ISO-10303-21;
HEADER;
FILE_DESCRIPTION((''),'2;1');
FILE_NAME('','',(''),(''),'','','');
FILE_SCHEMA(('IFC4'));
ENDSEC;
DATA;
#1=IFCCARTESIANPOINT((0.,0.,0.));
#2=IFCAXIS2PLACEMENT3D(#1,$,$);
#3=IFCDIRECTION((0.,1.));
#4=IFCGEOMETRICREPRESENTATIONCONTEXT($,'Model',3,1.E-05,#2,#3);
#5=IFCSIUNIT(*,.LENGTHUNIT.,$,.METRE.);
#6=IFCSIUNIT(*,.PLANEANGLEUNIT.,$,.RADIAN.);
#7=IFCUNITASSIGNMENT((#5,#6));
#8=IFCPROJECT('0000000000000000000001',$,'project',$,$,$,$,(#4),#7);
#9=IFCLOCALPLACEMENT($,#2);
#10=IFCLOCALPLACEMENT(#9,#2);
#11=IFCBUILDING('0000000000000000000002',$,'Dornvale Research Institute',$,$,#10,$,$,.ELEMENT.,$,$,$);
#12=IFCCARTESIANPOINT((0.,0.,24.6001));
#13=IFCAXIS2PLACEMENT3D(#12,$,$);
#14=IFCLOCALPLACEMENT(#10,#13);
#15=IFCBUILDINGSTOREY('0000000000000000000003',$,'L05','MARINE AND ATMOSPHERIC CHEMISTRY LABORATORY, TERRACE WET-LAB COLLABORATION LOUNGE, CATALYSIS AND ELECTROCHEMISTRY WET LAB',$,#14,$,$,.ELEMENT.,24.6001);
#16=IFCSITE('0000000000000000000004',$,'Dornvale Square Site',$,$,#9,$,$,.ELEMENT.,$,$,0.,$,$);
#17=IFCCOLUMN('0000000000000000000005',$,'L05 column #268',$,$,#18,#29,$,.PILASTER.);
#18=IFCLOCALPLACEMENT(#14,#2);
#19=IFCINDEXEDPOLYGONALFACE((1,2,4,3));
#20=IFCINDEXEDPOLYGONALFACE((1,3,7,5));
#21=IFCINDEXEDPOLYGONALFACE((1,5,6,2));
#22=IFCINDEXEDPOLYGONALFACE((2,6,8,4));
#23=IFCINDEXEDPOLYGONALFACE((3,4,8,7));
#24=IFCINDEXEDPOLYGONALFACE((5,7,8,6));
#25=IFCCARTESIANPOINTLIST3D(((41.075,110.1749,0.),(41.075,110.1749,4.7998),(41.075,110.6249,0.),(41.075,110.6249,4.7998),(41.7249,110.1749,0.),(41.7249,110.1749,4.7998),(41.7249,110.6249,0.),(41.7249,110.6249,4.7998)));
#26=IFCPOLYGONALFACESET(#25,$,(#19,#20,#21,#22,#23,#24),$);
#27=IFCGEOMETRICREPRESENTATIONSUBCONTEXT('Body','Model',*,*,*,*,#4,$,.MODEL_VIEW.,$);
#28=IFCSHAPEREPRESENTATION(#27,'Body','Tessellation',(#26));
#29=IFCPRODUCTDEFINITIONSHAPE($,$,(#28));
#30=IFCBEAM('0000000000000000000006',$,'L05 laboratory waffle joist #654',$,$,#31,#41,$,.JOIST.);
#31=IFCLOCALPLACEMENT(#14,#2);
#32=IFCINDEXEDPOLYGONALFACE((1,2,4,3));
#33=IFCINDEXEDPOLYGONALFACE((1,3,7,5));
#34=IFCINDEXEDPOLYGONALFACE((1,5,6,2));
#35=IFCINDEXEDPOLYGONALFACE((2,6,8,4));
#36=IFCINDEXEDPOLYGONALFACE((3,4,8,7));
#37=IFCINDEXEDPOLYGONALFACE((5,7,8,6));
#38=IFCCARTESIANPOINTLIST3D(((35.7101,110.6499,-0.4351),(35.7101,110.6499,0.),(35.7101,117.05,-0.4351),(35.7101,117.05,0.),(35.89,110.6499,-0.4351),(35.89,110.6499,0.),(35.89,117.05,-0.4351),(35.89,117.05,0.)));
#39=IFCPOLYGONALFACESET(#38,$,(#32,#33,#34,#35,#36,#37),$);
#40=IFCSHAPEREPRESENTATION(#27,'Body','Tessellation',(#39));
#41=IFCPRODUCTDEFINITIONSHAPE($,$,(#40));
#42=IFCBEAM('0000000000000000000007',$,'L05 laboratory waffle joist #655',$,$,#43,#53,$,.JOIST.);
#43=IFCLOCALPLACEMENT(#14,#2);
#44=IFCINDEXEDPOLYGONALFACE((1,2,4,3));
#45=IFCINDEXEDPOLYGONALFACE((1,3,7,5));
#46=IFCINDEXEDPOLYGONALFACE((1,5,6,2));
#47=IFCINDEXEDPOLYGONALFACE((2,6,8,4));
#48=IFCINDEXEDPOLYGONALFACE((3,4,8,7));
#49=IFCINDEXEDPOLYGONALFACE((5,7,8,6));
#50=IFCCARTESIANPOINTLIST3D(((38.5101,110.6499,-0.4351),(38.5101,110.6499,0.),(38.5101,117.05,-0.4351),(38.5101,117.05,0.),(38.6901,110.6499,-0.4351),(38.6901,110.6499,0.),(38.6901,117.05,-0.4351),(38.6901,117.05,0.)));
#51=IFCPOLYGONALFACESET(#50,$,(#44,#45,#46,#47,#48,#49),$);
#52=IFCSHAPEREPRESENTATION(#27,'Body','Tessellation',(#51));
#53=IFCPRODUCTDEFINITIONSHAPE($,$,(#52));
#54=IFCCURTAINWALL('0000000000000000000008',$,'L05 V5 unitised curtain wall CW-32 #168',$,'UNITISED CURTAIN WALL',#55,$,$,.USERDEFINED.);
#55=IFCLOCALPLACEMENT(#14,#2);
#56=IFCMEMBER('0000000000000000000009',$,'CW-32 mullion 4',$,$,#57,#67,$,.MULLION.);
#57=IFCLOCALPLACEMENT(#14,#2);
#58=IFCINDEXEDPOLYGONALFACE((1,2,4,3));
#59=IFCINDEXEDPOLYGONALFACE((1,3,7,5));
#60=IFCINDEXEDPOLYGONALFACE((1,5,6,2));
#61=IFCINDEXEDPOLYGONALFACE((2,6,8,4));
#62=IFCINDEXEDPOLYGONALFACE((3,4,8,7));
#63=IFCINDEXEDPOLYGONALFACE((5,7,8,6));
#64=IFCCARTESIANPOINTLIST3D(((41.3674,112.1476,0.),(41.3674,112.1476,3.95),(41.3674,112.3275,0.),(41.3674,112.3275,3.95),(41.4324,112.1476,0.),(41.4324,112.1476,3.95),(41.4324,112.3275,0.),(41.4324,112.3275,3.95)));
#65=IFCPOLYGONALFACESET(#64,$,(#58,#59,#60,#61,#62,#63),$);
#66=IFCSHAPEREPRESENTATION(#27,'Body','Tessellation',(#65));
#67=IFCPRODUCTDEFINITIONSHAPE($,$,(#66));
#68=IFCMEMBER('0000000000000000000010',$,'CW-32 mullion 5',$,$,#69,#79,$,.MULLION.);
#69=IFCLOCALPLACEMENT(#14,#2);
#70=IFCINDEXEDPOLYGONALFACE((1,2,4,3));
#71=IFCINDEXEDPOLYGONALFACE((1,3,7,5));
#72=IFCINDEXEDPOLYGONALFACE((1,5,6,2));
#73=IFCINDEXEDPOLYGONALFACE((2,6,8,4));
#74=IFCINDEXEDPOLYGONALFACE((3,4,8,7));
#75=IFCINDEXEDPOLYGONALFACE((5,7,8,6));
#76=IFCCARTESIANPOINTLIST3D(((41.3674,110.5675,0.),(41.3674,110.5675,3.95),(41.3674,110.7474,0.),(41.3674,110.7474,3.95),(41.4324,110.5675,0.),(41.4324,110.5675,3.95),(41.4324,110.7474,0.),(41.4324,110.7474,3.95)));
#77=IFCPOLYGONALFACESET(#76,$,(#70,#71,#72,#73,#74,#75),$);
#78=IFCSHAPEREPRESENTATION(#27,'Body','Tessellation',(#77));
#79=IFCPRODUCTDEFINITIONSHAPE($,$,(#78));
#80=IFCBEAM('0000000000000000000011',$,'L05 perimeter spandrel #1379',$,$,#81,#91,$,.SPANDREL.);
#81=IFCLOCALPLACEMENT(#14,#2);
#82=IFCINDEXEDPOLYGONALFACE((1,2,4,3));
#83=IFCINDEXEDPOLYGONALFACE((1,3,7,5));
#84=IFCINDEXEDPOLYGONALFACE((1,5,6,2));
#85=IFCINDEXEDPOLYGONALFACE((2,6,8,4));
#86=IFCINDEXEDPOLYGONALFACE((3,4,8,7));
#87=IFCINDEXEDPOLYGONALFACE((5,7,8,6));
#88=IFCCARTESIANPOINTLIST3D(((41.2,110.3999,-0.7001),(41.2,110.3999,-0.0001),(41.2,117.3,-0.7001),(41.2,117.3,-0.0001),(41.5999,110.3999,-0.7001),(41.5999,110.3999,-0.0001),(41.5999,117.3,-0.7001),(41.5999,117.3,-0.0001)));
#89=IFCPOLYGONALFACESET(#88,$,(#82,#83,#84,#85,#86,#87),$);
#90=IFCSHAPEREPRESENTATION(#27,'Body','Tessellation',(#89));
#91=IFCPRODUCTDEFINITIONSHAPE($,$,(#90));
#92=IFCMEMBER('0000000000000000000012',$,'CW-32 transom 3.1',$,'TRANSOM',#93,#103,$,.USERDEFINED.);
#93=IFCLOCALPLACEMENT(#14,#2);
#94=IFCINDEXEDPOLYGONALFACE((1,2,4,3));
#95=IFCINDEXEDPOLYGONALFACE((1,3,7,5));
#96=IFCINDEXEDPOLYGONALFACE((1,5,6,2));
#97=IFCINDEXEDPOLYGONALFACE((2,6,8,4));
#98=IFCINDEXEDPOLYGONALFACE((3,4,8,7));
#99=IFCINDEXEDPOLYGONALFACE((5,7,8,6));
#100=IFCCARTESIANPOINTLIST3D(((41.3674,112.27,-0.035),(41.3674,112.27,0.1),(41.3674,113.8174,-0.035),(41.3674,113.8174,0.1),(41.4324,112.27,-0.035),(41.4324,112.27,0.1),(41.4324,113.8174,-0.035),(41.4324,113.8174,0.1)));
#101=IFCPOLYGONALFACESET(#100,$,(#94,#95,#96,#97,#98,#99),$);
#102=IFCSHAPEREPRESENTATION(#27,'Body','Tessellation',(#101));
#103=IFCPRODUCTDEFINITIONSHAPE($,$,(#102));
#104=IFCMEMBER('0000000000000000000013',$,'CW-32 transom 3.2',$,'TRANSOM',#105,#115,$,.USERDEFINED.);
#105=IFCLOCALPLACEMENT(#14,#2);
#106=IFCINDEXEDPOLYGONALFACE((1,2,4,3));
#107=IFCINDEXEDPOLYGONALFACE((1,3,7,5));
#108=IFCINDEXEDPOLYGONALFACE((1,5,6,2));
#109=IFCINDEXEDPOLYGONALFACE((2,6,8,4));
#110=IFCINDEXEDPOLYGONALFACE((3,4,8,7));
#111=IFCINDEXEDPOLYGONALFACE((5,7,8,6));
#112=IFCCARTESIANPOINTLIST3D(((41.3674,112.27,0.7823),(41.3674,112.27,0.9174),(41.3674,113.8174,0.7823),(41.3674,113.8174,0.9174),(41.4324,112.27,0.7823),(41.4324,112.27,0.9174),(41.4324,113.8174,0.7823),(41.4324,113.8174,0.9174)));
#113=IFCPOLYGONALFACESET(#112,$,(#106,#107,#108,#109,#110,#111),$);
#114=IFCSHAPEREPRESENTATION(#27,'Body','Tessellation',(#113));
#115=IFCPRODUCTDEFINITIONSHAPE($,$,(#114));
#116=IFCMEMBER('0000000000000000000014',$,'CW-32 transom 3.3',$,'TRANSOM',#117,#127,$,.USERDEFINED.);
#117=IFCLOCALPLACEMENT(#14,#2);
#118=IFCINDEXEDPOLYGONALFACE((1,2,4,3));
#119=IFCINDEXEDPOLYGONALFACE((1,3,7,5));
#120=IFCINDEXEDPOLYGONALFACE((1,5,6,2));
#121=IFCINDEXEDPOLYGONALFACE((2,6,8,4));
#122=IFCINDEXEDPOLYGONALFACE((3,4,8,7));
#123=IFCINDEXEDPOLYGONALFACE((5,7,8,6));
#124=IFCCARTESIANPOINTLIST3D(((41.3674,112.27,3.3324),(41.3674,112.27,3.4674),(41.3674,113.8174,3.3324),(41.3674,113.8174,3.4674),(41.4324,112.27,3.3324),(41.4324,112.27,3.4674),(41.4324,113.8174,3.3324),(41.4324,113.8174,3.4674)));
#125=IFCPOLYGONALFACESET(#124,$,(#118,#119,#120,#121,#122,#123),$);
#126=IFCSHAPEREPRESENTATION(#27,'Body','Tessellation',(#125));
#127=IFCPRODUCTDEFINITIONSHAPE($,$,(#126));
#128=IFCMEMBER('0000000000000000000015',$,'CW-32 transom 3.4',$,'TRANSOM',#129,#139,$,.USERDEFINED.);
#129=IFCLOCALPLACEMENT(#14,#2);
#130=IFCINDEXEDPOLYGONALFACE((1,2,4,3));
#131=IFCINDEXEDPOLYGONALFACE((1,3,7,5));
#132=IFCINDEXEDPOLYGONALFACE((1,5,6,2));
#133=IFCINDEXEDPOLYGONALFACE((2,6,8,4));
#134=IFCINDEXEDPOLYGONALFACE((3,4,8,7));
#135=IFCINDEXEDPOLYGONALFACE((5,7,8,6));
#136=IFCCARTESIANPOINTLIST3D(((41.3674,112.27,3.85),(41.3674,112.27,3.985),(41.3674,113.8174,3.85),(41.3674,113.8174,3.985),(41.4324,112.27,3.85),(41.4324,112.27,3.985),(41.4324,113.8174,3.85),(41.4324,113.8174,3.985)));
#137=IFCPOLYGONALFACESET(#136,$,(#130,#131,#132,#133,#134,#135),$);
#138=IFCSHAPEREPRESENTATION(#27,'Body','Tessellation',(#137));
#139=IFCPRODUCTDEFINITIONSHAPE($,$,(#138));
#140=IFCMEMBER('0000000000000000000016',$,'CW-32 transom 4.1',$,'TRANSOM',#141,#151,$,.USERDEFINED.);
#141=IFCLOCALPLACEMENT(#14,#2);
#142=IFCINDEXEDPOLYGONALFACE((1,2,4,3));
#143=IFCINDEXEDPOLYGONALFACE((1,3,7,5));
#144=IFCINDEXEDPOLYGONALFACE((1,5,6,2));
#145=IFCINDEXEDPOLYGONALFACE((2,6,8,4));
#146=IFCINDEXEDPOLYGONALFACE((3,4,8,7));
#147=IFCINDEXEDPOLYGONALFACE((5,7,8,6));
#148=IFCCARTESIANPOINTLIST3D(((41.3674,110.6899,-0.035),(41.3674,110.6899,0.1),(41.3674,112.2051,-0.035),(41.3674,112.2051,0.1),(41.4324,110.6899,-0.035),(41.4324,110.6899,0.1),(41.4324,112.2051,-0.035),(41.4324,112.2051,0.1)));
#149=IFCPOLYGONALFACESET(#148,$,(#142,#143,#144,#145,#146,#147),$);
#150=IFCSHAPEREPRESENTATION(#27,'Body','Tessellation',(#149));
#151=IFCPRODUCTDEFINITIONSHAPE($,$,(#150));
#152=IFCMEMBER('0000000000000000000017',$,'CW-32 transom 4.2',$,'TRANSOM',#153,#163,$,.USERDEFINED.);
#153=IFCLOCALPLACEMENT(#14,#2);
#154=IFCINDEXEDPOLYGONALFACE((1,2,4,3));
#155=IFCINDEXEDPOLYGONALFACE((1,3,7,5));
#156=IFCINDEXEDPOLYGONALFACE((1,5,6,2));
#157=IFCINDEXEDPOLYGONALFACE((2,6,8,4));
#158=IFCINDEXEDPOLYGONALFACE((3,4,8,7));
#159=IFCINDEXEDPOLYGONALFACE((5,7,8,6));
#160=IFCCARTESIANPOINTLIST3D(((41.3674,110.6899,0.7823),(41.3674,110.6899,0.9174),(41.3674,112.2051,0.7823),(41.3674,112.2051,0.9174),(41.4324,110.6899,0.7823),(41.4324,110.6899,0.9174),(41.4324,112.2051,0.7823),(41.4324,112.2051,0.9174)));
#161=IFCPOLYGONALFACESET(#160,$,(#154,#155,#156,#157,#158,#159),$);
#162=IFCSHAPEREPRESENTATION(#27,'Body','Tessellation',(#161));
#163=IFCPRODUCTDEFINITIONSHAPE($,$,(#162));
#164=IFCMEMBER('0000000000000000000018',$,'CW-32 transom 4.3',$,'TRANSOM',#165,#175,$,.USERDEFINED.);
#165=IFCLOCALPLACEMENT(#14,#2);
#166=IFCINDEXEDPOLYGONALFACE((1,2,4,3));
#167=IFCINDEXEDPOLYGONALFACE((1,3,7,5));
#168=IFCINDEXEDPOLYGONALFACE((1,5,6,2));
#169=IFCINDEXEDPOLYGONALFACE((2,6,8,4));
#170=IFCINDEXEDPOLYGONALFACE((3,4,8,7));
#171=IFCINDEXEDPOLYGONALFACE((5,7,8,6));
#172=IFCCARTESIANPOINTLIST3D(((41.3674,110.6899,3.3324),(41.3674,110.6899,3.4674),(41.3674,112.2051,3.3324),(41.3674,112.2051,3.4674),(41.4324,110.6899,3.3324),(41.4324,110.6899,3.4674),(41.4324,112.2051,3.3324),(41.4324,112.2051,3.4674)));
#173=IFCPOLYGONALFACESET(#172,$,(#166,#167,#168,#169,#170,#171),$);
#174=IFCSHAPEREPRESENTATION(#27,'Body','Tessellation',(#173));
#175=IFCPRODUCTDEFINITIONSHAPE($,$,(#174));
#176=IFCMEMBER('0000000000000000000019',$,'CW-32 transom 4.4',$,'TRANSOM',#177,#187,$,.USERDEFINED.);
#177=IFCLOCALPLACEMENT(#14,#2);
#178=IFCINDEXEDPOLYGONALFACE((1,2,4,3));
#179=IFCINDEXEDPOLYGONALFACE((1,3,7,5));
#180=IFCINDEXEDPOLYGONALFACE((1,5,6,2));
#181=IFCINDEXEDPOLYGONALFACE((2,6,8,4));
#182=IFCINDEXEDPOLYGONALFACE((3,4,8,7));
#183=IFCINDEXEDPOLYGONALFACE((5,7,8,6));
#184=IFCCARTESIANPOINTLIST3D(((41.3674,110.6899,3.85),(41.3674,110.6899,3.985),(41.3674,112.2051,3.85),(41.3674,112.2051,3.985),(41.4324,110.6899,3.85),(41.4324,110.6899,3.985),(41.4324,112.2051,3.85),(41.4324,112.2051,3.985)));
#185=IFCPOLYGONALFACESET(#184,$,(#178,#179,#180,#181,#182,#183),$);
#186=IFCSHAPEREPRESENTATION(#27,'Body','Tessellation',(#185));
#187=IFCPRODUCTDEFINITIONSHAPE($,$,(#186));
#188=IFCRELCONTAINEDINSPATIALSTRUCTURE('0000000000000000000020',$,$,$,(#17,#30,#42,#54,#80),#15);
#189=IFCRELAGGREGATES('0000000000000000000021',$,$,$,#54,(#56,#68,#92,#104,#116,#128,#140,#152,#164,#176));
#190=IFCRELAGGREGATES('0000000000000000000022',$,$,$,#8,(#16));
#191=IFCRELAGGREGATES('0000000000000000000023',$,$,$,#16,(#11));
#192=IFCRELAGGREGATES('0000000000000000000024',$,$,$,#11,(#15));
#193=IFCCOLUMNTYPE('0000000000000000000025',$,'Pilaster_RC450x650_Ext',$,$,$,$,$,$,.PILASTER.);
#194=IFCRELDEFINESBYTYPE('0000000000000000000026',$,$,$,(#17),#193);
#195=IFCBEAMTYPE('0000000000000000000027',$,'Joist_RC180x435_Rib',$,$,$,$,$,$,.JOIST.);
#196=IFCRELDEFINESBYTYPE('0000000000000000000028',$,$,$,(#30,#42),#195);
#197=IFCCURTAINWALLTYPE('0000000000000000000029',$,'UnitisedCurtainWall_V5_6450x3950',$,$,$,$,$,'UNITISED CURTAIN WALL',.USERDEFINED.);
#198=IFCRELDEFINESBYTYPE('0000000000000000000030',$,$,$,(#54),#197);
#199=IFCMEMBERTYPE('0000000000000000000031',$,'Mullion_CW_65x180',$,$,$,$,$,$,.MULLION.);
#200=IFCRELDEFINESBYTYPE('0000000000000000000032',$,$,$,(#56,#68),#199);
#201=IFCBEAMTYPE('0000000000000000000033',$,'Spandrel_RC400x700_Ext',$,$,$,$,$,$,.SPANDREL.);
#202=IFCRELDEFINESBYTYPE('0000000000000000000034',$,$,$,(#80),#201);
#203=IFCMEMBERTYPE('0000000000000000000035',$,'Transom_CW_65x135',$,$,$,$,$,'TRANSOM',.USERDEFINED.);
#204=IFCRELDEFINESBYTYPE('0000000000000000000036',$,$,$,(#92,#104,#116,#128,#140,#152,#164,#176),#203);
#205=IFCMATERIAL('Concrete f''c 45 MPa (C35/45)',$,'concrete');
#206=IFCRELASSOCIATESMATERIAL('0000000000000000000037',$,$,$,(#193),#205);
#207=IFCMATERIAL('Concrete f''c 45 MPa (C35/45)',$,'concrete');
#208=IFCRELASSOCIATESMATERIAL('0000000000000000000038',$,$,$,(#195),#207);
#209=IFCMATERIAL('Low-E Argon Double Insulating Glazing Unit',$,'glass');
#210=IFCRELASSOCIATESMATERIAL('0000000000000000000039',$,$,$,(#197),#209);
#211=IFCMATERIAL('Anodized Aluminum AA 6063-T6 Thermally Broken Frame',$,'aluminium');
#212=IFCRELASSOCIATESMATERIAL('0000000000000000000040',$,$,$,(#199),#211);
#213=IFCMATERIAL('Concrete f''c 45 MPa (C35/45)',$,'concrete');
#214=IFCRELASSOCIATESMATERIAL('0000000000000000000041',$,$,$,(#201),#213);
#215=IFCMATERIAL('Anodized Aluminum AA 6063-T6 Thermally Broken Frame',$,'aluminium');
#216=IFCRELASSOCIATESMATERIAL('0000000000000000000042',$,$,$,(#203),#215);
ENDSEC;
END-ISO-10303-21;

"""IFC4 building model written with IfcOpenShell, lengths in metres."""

from ifc_helpers import new_model, si_unit, direction, frame, origin, origin_2d, place, context, subcontext, project, spatial, rectangle, extrude, material, material_profile, profile_set, type_object, element, aggregate, save


model = new_model("IFC4")

# Units and contexts
model_context = context("Model", 3, precision=1e-05, world=origin(), true_north=direction((0.0, 1.0)))
body_context = subcontext(model_context, "Body", "Model", "MODEL_VIEW")
ifc_project = project(units=[si_unit("LENGTHUNIT", "METRE"), si_unit("PLANEANGLEUNIT", "RADIAN")], contexts=[model_context])

# Site, building, storey
site_placement = place(None, origin())
site = spatial("IfcSite", under=ifc_project, at=site_placement, Name="Dornvale Square Site", CompositionType="ELEMENT", RefElevation=0.0)
building_placement = place(site_placement, origin())
building = spatial("IfcBuilding", under=site, at=building_placement, Name="Dornvale Research Institute", CompositionType="ELEMENT")
storey_placement = place(building_placement, frame((0.0, 0.0, 24.6001)))
storey = spatial("IfcBuildingStorey", under=building, at=storey_placement, Name="L05", Description="MARINE AND ATMOSPHERIC CHEMISTRY LABORATORY, TERRACE WET-LAB COLLABORATION LOUNGE, CATALYSIS AND ELECTROCHEMISTRY WET LAB", CompositionType="ELEMENT", Elevation=24.6001)

# Column
ifc_material_1 = material(Name="Concrete f'c 45 MPa (C35/45)", Category="concrete")
ifc_material_profile_1 = material_profile(ifc_material_1, rectangle(XDim=0.45, YDim=0.6499, at=origin_2d()), Name="RC 450x650")
ifc_profile_set_1 = profile_set([ifc_material_profile_1], Name="Concrete f'c 45 MPa (C35/45)")
column_type = type_object("IfcColumnType", Name="Pilaster_RC450x650_Ext", PredefinedType="PILASTER", material=ifc_profile_set_1)
column_placement = place(storey_placement, frame((41.3999, 110.3999, 0.0), z_axis=(0.0, 0.0, 1.0), x_axis=(0.0, 1.0, 0.0)))
element("IfcColumn", 1, at=column_placement, inside=storey, type_object=column_type, Name="L05 column #268", PredefinedType="PILASTER", context=body_context, shape_type="SweptSolid", body=[
    extrude(rectangle(XDim=0.45, YDim=0.6499, at=origin_2d()), origin(), (0.0, 0.0, 1.0), 4.7998),
])

# Beams
ifc_material_2 = material(Name="Concrete f'c 45 MPa (C35/45)", Category="concrete")
ifc_material_profile_2 = material_profile(ifc_material_2, rectangle(XDim=0.1799, YDim=0.4351, at=origin_2d()), Name="RC 180x435")
ifc_profile_set_2 = profile_set([ifc_material_profile_2], Name="Concrete f'c 45 MPa (C35/45)")
beam_type_1 = type_object("IfcBeamType", Name="Joist_RC180x435_Rib", PredefinedType="JOIST", material=ifc_profile_set_2)
for number, where, z_axis, x_axis, name in (
    (2, (35.8, 110.6499, -0.2175), (0.0, 1.0, 0.0), (-1.0, 0.0, 0.0), "L05 laboratory waffle joist #654"),
    (3, (38.6001, 110.6499, -0.2175), (0.0, 1.0, 0.0), (-1.0, 0.0, 0.0), "L05 laboratory waffle joist #655"),
):
    element("IfcBeam", number, at=place(storey_placement, frame(where, z_axis=z_axis, x_axis=x_axis)), inside=storey, type_object=beam_type_1, Name=name, PredefinedType="JOIST", context=body_context, shape_type="SweptSolid", body=[
        extrude(rectangle(XDim=0.1799, YDim=0.4351, at=origin_2d()), origin(), (0.0, 0.0, 1.0), 6.4001),
    ])

# Curtain wall, members
ifc_material_3 = material(Name="Low-E Argon Double Insulating Glazing Unit", Category="glass")
curtain_wall_type = type_object("IfcCurtainWallType", Name="UnitisedCurtainWall_V5_6450x3950", ElementType="UNITISED CURTAIN WALL", PredefinedType="USERDEFINED", material=ifc_material_3)
curtain_wall_placement = place(storey_placement, origin())
curtain_wall = element("IfcCurtainWall", 4, at=curtain_wall_placement, inside=storey, type_object=curtain_wall_type, Name="L05 V5 unitised curtain wall CW-32 #168", ObjectType="UNITISED CURTAIN WALL", PredefinedType="USERDEFINED")
ifc_material_4 = material(Name="Anodized Aluminum AA 6063-T6 Thermally Broken Frame", Category="aluminium")
ifc_material_profile_3 = material_profile(ifc_material_4, rectangle(XDim=0.0649, YDim=0.1799, at=origin_2d()), Name="ALU MULLION 65x180")
ifc_profile_set_3 = profile_set([ifc_material_profile_3], Name="Anodized Aluminum AA 6063-T6 Thermally Broken Frame")
member_type_1 = type_object("IfcMemberType", Name="Mullion_CW_65x180", PredefinedType="MULLION", material=ifc_profile_set_3)
member_1_placement = place(storey_placement, frame((41.3999, 112.2375, 0.0), z_axis=(0.0, 0.0, 1.0), x_axis=(1.0, 0.0, 0.0)))
member_1 = element("IfcMember", 5, at=member_1_placement, type_object=member_type_1, Name="CW-32 mullion 4", PredefinedType="MULLION", context=body_context, shape_type="SweptSolid", body=[
    extrude(rectangle(XDim=0.0649, YDim=0.1799, at=origin_2d()), origin(), (0.0, 0.0, 1.0), 3.95),
])
member_2_placement = place(storey_placement, frame((41.3999, 110.6575, 0.0), z_axis=(0.0, 0.0, 1.0), x_axis=(1.0, 0.0, 0.0)))
member_2 = element("IfcMember", 6, at=member_2_placement, type_object=member_type_1, Name="CW-32 mullion 5", PredefinedType="MULLION", context=body_context, shape_type="SweptSolid", body=[
    extrude(rectangle(XDim=0.0649, YDim=0.1799, at=origin_2d()), origin(), (0.0, 0.0, 1.0), 3.95),
])

# Beam
ifc_material_5 = material(Name="Concrete f'c 45 MPa (C35/45)", Category="concrete")
ifc_material_profile_4 = material_profile(ifc_material_5, rectangle(XDim=0.3999, YDim=0.7, at=origin_2d()), Name="RC 400x700")
ifc_profile_set_4 = profile_set([ifc_material_profile_4], Name="Concrete f'c 45 MPa (C35/45)")
beam_type_2 = type_object("IfcBeamType", Name="Spandrel_RC400x700_Ext", PredefinedType="SPANDREL", material=ifc_profile_set_4)
beam_placement = place(storey_placement, frame((41.3999, 110.3999, -0.3501), z_axis=(0.0, 1.0, 0.0), x_axis=(-1.0, 0.0, 0.0)))
element("IfcBeam", 7, at=beam_placement, inside=storey, type_object=beam_type_2, Name="L05 perimeter spandrel #1379", PredefinedType="SPANDREL", context=body_context, shape_type="SweptSolid", body=[
    extrude(rectangle(XDim=0.3999, YDim=0.7, at=origin_2d()), origin(), (0.0, 0.0, 1.0), 6.9001),
])

# Members
ifc_material_6 = material(Name="Anodized Aluminum AA 6063-T6 Thermally Broken Frame", Category="aluminium")
ifc_material_profile_5 = material_profile(ifc_material_6, rectangle(XDim=0.0649, YDim=0.135, at=origin_2d()), Name="ALU TRANSOM 65x135")
ifc_profile_set_5 = profile_set([ifc_material_profile_5], Name="Anodized Aluminum AA 6063-T6 Thermally Broken Frame")
member_type_2 = type_object("IfcMemberType", Name="Transom_CW_65x135", ElementType="TRANSOM", PredefinedType="USERDEFINED", material=ifc_profile_set_5)
member_3_placement = place(storey_placement, frame((41.3999, 113.8174, 0.0325), z_axis=(0.0, -1.0, 0.0), x_axis=(1.0, 0.0, 0.0)))
member_3 = element("IfcMember", 8, at=member_3_placement, type_object=member_type_2, Name="CW-32 transom 3.1", ObjectType="TRANSOM", PredefinedType="USERDEFINED", context=body_context, shape_type="SweptSolid", body=[
    extrude(rectangle(XDim=0.0649, YDim=0.135, at=origin_2d()), origin(), (0.0, 0.0, 1.0), 1.5474),
])
member_4_placement = place(storey_placement, frame((41.3999, 113.8174, 0.8499), z_axis=(0.0, -1.0, 0.0), x_axis=(1.0, 0.0, 0.0)))
member_4 = element("IfcMember", 9, at=member_4_placement, type_object=member_type_2, Name="CW-32 transom 3.2", ObjectType="TRANSOM", PredefinedType="USERDEFINED", context=body_context, shape_type="SweptSolid", body=[
    extrude(rectangle(XDim=0.0649, YDim=0.135, at=origin_2d()), origin(), (0.0, 0.0, 1.0), 1.5474),
])
member_5_placement = place(storey_placement, frame((41.3999, 113.8174, 3.3999), z_axis=(0.0, -1.0, 0.0), x_axis=(1.0, 0.0, 0.0)))
member_5 = element("IfcMember", 10, at=member_5_placement, type_object=member_type_2, Name="CW-32 transom 3.3", ObjectType="TRANSOM", PredefinedType="USERDEFINED", context=body_context, shape_type="SweptSolid", body=[
    extrude(rectangle(XDim=0.0649, YDim=0.135, at=origin_2d()), origin(), (0.0, 0.0, 1.0), 1.5474),
])
member_6_placement = place(storey_placement, frame((41.3999, 113.8174, 3.9175), z_axis=(0.0, -1.0, 0.0), x_axis=(1.0, 0.0, 0.0)))
member_6 = element("IfcMember", 11, at=member_6_placement, type_object=member_type_2, Name="CW-32 transom 3.4", ObjectType="TRANSOM", PredefinedType="USERDEFINED", context=body_context, shape_type="SweptSolid", body=[
    extrude(rectangle(XDim=0.0649, YDim=0.135, at=origin_2d()), origin(), (0.0, 0.0, 1.0), 1.5474),
])
member_7_placement = place(storey_placement, frame((41.3999, 112.2051, 0.0325), z_axis=(0.0, -1.0, 0.0), x_axis=(1.0, 0.0, 0.0)))
member_7 = element("IfcMember", 12, at=member_7_placement, type_object=member_type_2, Name="CW-32 transom 4.1", ObjectType="TRANSOM", PredefinedType="USERDEFINED", context=body_context, shape_type="SweptSolid", body=[
    extrude(rectangle(XDim=0.0649, YDim=0.135, at=origin_2d()), origin(), (0.0, 0.0, 1.0), 1.5151),
])
member_8_placement = place(storey_placement, frame((41.3999, 112.2051, 0.8499), z_axis=(0.0, -1.0, 0.0), x_axis=(1.0, 0.0, 0.0)))
member_8 = element("IfcMember", 13, at=member_8_placement, type_object=member_type_2, Name="CW-32 transom 4.2", ObjectType="TRANSOM", PredefinedType="USERDEFINED", context=body_context, shape_type="SweptSolid", body=[
    extrude(rectangle(XDim=0.0649, YDim=0.135, at=origin_2d()), origin(), (0.0, 0.0, 1.0), 1.5151),
])
member_9_placement = place(storey_placement, frame((41.3999, 112.2051, 3.3999), z_axis=(0.0, -1.0, 0.0), x_axis=(1.0, 0.0, 0.0)))
member_9 = element("IfcMember", 14, at=member_9_placement, type_object=member_type_2, Name="CW-32 transom 4.3", ObjectType="TRANSOM", PredefinedType="USERDEFINED", context=body_context, shape_type="SweptSolid", body=[
    extrude(rectangle(XDim=0.0649, YDim=0.135, at=origin_2d()), origin(), (0.0, 0.0, 1.0), 1.5151),
])
member_10_placement = place(storey_placement, frame((41.3999, 112.2051, 3.9175), z_axis=(0.0, -1.0, 0.0), x_axis=(1.0, 0.0, 0.0)))
member_10 = element("IfcMember", 15, at=member_10_placement, type_object=member_type_2, Name="CW-32 transom 4.4", ObjectType="TRANSOM", PredefinedType="USERDEFINED", context=body_context, shape_type="SweptSolid", body=[
    extrude(rectangle(XDim=0.0649, YDim=0.135, at=origin_2d()), origin(), (0.0, 0.0, 1.0), 1.5151),
])

aggregate(curtain_wall, [member_1, member_2, member_3, member_4, member_5, member_6, member_7, member_8, member_9, member_10])

save(model, "model.ifc")
